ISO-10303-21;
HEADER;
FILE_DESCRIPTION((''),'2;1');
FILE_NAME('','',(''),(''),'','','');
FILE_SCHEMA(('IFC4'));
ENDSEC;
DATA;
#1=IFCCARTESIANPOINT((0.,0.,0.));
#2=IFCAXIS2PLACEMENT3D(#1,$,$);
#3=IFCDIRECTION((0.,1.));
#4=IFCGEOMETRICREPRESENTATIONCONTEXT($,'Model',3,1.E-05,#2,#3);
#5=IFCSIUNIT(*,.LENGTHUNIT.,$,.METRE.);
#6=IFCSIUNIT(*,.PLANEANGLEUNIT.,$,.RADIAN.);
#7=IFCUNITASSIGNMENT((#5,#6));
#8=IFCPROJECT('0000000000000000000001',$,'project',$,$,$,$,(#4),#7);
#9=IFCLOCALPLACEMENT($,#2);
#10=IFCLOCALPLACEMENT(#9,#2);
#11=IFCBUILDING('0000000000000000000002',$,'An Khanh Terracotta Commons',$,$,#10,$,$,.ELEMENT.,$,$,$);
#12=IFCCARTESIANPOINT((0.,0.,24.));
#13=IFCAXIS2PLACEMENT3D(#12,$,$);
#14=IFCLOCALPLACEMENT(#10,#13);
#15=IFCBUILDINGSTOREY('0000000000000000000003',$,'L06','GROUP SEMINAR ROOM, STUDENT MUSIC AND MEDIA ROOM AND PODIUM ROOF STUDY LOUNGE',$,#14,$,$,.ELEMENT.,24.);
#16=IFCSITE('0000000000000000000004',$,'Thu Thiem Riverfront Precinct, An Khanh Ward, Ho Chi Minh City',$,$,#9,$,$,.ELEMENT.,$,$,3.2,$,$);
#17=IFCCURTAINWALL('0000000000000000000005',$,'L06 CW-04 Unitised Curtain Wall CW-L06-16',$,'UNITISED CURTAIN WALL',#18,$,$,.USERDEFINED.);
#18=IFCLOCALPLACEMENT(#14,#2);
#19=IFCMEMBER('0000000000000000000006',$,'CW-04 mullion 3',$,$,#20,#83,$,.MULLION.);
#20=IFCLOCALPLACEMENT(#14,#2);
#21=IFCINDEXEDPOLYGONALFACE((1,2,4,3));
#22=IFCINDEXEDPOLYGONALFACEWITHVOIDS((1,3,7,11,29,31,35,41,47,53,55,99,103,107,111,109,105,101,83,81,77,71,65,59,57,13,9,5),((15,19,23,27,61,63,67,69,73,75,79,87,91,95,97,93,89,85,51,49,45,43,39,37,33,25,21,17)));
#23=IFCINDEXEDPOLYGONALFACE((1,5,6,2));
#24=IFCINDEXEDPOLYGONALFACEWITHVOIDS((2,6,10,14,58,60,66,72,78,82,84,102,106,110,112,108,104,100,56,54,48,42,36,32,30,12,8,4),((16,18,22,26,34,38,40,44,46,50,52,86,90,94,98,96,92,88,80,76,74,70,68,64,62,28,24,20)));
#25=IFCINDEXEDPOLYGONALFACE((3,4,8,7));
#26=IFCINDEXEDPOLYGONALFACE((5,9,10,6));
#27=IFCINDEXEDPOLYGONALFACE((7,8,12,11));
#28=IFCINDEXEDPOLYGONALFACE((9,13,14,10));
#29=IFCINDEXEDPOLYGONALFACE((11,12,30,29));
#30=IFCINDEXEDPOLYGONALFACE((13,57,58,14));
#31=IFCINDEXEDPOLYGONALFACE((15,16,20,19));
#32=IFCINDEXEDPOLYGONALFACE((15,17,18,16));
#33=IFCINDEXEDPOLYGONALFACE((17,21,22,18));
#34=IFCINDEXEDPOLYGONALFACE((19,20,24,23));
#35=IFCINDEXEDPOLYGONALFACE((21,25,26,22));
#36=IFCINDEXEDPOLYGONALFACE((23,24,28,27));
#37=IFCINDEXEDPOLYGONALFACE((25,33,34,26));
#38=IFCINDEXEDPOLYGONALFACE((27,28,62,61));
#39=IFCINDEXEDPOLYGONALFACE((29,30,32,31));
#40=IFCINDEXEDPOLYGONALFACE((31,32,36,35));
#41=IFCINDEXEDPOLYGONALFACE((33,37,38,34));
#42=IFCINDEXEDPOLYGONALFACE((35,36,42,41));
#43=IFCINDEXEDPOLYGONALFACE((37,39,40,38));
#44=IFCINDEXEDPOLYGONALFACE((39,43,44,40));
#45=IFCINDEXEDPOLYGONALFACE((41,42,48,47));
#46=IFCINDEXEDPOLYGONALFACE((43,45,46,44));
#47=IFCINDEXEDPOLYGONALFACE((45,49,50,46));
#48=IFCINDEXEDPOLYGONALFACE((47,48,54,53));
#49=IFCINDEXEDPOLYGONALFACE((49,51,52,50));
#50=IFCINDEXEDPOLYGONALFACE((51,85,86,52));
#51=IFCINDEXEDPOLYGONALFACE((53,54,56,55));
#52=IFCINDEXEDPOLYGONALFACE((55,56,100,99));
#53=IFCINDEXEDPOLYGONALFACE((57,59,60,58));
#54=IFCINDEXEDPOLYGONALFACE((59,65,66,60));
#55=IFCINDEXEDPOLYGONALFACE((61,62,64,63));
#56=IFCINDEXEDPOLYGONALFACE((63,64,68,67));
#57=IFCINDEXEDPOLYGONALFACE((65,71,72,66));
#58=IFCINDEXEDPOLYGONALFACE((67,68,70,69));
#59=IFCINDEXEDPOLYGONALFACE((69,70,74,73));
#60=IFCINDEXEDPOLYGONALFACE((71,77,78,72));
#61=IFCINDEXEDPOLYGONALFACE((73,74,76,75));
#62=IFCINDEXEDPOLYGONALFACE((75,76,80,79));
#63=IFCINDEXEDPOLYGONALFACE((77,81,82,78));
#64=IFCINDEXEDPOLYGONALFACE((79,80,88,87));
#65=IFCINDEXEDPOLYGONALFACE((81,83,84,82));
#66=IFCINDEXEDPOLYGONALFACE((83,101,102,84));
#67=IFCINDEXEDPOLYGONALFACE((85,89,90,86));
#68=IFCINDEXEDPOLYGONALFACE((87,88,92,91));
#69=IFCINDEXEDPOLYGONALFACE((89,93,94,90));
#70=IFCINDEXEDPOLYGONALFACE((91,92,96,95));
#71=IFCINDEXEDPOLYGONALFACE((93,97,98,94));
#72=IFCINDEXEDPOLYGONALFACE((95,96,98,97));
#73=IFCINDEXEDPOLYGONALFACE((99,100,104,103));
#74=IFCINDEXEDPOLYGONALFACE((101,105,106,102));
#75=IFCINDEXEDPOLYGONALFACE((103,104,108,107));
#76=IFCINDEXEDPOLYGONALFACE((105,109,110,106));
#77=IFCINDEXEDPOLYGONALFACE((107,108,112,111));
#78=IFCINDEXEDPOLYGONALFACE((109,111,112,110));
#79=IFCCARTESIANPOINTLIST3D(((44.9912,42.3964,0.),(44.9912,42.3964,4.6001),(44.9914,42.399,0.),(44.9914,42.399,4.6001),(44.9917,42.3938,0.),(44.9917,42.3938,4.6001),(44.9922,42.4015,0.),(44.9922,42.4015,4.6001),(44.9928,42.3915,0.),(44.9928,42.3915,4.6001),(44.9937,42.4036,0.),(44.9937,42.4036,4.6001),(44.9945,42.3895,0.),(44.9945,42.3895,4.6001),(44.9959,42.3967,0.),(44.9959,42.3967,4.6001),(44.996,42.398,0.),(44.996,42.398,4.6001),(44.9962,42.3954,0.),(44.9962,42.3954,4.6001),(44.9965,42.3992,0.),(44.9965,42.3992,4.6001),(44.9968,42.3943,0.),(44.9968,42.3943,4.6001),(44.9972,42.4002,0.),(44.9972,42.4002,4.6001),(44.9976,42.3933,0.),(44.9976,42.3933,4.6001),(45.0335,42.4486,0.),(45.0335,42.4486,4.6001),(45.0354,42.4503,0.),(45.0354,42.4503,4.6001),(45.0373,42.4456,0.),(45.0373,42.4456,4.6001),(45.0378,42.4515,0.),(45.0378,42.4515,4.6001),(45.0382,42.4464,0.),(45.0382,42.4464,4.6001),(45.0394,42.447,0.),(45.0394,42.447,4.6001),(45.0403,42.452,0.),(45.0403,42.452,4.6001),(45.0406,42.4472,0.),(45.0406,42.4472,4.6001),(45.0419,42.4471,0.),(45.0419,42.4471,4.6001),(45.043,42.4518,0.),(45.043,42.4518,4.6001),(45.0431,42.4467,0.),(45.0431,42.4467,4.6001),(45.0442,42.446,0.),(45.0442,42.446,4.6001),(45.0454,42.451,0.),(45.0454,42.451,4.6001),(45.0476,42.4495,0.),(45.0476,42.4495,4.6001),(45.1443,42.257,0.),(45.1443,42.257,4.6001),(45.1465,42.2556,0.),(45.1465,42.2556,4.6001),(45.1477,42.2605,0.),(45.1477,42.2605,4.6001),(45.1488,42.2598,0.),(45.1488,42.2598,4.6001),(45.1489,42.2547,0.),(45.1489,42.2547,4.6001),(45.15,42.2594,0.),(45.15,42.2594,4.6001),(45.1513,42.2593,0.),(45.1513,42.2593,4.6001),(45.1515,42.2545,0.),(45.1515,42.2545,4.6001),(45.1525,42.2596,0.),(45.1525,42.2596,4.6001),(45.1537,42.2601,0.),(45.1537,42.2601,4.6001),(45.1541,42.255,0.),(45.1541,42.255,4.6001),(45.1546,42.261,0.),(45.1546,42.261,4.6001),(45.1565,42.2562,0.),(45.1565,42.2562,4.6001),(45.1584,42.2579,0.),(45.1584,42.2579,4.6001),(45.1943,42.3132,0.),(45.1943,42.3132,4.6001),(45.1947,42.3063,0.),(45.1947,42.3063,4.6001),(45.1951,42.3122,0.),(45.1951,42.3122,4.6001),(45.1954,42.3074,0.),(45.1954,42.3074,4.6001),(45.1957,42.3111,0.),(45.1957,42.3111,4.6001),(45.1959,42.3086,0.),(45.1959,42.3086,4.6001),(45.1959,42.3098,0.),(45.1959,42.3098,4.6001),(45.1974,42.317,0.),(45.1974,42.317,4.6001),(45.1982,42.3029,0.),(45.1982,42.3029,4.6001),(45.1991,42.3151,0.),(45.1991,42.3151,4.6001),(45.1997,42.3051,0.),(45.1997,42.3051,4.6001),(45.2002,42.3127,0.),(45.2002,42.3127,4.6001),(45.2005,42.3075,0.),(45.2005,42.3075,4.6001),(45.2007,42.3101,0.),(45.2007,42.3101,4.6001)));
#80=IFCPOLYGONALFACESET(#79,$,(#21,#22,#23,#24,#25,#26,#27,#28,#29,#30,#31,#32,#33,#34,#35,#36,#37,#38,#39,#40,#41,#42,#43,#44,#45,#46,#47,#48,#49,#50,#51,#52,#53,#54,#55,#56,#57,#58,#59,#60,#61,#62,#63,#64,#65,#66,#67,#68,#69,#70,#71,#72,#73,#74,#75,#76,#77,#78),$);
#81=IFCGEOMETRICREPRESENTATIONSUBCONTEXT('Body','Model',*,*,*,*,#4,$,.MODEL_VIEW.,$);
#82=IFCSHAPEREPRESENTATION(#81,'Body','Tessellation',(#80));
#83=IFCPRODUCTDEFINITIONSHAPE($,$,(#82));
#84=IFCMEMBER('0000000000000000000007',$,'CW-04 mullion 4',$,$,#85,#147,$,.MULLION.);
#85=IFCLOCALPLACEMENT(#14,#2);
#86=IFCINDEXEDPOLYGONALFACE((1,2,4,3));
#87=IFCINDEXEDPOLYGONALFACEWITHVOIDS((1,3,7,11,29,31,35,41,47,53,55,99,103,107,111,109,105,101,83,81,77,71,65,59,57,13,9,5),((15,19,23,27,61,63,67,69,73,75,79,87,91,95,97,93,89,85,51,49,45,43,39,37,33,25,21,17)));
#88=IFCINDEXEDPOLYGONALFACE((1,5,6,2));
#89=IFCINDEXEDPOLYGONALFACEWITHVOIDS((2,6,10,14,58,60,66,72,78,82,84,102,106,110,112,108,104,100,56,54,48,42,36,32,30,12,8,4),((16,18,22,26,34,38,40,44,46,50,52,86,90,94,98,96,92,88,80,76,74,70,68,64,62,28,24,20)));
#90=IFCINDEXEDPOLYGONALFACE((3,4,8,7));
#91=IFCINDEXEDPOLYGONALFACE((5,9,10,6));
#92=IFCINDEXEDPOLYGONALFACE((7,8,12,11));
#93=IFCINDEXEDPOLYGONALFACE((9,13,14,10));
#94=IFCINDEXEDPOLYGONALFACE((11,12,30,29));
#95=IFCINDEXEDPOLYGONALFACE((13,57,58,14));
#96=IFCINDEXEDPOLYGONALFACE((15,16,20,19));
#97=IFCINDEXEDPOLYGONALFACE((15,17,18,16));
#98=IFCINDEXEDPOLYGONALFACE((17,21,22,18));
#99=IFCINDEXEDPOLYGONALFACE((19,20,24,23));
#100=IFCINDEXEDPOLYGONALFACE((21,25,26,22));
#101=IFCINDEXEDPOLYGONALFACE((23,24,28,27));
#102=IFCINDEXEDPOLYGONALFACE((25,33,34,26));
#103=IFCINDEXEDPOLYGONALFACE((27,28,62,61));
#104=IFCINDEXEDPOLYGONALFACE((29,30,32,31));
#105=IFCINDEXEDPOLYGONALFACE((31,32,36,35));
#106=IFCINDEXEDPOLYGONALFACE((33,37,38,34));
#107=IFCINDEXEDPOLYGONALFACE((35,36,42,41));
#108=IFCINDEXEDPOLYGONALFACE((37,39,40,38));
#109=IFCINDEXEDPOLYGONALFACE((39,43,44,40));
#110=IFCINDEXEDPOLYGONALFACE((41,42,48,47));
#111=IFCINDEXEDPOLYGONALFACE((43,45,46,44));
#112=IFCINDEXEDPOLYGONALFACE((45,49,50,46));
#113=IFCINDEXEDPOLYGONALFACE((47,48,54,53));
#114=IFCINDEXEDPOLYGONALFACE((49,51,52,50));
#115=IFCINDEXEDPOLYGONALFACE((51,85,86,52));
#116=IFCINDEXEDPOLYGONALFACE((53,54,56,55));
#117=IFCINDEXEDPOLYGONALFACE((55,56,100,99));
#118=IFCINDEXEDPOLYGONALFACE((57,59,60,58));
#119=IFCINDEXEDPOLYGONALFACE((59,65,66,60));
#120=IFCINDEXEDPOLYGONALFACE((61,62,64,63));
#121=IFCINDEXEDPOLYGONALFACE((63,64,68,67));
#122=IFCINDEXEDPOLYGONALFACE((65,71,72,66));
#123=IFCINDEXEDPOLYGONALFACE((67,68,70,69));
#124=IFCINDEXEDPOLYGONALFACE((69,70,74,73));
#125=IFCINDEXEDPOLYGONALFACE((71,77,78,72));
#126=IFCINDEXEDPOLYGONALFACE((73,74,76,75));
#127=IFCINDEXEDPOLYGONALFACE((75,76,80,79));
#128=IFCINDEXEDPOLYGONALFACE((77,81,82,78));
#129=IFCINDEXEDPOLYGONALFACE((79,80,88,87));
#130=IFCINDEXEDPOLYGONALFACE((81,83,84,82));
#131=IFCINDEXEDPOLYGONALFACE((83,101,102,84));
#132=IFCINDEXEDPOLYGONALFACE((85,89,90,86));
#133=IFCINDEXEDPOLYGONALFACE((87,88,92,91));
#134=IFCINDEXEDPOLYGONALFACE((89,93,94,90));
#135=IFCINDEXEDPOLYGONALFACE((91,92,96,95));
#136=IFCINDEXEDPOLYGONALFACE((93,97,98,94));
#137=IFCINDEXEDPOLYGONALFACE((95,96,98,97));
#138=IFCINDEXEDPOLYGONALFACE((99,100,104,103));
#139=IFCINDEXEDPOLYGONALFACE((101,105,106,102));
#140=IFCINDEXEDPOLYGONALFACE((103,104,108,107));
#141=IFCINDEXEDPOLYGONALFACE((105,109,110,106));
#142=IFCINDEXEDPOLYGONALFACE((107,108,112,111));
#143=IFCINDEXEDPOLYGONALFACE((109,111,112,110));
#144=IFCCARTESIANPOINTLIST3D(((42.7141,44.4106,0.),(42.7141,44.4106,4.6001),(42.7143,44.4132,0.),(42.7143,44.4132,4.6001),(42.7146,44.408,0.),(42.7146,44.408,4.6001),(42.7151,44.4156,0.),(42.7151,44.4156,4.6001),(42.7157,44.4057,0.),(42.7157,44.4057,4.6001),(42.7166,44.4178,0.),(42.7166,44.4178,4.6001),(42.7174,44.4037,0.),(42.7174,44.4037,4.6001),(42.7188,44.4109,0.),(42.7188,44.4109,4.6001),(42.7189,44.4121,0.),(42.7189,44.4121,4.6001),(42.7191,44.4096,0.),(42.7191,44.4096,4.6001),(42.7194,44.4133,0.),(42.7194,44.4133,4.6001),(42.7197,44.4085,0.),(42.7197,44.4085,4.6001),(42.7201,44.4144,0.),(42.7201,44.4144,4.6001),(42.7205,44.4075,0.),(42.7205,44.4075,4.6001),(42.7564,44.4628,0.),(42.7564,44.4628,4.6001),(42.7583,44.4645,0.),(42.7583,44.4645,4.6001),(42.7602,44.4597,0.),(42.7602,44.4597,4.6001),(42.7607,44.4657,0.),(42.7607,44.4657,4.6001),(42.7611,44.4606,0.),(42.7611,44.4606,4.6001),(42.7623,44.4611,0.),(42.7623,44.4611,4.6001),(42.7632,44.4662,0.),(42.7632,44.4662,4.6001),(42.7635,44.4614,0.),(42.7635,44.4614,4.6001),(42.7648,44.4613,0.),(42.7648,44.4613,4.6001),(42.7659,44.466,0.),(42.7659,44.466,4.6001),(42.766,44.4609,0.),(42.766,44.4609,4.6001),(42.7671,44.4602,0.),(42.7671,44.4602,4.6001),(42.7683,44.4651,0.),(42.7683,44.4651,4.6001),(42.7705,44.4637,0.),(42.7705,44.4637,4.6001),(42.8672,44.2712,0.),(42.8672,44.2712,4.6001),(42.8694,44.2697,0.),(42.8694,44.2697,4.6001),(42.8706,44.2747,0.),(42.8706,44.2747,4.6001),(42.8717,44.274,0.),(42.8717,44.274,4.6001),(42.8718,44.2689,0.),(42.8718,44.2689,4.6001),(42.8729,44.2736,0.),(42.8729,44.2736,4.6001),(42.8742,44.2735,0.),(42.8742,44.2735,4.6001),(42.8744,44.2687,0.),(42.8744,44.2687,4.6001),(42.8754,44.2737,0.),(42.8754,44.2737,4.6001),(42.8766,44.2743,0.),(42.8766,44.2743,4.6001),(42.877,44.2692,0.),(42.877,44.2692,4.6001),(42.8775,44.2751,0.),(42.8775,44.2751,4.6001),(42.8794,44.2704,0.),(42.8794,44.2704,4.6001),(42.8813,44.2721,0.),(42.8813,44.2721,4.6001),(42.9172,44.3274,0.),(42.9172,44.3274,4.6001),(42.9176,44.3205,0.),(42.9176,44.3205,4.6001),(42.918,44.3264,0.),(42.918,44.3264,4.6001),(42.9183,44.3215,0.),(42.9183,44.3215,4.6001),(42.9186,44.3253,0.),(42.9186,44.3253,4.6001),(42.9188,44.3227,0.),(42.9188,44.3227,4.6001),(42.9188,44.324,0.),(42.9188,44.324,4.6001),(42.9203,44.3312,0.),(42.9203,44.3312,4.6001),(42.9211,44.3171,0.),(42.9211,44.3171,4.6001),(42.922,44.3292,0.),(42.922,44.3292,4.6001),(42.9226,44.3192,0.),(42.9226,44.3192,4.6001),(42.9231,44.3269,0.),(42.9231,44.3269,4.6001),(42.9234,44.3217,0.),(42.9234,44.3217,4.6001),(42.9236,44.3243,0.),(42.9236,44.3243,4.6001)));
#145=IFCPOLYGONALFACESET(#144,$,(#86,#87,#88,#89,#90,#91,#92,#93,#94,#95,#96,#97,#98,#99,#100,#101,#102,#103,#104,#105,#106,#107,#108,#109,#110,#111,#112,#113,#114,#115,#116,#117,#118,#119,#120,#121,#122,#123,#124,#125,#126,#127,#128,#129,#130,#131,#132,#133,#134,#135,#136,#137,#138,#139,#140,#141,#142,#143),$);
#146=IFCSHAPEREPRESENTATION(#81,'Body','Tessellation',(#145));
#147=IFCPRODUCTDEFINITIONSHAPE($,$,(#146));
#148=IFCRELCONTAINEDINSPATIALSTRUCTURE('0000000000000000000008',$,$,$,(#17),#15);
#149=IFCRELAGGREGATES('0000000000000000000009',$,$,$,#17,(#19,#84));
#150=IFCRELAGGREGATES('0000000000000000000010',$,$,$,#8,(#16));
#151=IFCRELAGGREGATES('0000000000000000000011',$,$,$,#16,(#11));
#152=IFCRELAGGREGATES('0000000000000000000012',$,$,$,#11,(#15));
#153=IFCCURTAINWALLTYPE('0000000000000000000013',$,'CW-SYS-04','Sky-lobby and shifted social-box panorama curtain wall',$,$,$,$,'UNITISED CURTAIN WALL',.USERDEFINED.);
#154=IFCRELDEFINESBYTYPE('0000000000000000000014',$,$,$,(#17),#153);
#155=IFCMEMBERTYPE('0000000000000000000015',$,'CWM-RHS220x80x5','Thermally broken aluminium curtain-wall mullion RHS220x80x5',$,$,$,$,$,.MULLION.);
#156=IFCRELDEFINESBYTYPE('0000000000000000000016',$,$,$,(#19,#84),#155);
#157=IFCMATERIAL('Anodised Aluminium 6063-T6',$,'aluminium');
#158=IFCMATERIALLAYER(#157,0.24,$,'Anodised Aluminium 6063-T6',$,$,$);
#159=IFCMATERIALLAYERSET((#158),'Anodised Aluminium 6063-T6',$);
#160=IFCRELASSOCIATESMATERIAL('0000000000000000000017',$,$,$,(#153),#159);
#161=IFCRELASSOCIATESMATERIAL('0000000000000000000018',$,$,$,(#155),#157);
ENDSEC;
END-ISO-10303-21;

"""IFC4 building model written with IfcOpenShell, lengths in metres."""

from ifc_helpers import new_model, si_unit, direction, frame, origin, origin_2d, place, context, subcontext, project, spatial, hollow_rectangle, extrude, material, layer, layer_set, material_profile, profile_set, type_object, element, aggregate, save


model = new_model("IFC4")

# Units and contexts
model_context = context("Model", 3, precision=1e-05, world=origin(), true_north=direction((0.0, 1.0)))
body_context = subcontext(model_context, "Body", "Model", "MODEL_VIEW")
ifc_project = project(units=[si_unit("LENGTHUNIT", "METRE"), si_unit("PLANEANGLEUNIT", "RADIAN")], contexts=[model_context])

# Site, building, storey
site_placement = place(None, origin())
site = spatial("IfcSite", under=ifc_project, at=site_placement, Name="Thu Thiem Riverfront Precinct, An Khanh Ward, Ho Chi Minh City", CompositionType="ELEMENT", RefElevation=3.2)
building_placement = place(site_placement, origin())
building = spatial("IfcBuilding", under=site, at=building_placement, Name="An Khanh Terracotta Commons", CompositionType="ELEMENT")
storey_placement = place(building_placement, frame((0.0, 0.0, 24.0)))
storey = spatial("IfcBuildingStorey", under=building, at=storey_placement, Name="L06", Description="GROUP SEMINAR ROOM, STUDENT MUSIC AND MEDIA ROOM AND PODIUM ROOF STUDY LOUNGE", CompositionType="ELEMENT", Elevation=24.0)

# Shared definitions
ifc_material_1 = material(Name="Anodised Aluminium 6063-T6", Category="aluminium")
ifc_layer_1 = layer(ifc_material_1, 0.24, Name="Anodised Aluminium 6063-T6")
ifc_layer_set_1 = layer_set([ifc_layer_1], Name="Anodised Aluminium 6063-T6")
curtain_wall_type = type_object("IfcCurtainWallType", Name="CW-SYS-04", Description="Sky-lobby and shifted social-box panorama curtain wall", ElementType="UNITISED CURTAIN WALL", PredefinedType="USERDEFINED", material=ifc_layer_set_1)
ifc_material_profile_1 = material_profile(ifc_material_1, hollow_rectangle(XDim=0.0801, YDim=0.22, WallThickness=0.0049, InnerFilletRadius=0.0049, OuterFilletRadius=0.01, at=origin_2d()), Name="RHS220x80x5")
ifc_profile_set_1 = profile_set([ifc_material_profile_1], Name="Anodised Aluminium 6063-T6")
member_type_1 = type_object("IfcMemberType", Name="CWM-RHS220x80x5", Description="Thermally broken aluminium curtain-wall mullion RHS220x80x5", PredefinedType="MULLION", material=ifc_profile_set_1)

# Curtain wall, members
curtain_wall_1_placement = place(storey_placement, origin())
curtain_wall_1 = element("IfcCurtainWall", 1, at=curtain_wall_1_placement, inside=storey, type_object=curtain_wall_type, Name="L06 CW-04 Unitised Curtain Wall CW-L06-16", ObjectType="UNITISED CURTAIN WALL", PredefinedType="USERDEFINED")
member_1_placement = place(storey_placement, frame((45.0959, 42.3533, 0.0), z_axis=(0.0, 0.0, 1.0), x_axis=(-0.662548, -0.749019, 0.0)))
member_1 = element("IfcMember", 2, at=member_1_placement, type_object=member_type_1, Name="CW-04 mullion 3", PredefinedType="MULLION", context=body_context, shape_type="SweptSolid", body=[
    extrude(hollow_rectangle(XDim=0.0801, YDim=0.22, WallThickness=0.0049, InnerFilletRadius=0.0049, OuterFilletRadius=0.01, at=origin_2d()), origin(), (0.0, 0.0, 1.0), 4.6001),
])
member_2_placement = place(storey_placement, frame((42.8188, 44.3674, 0.0), z_axis=(0.0, 0.0, 1.0), x_axis=(-0.662548, -0.749019, 0.0)))
member_2 = element("IfcMember", 3, at=member_2_placement, type_object=member_type_1, Name="CW-04 mullion 4", PredefinedType="MULLION", context=body_context, shape_type="SweptSolid", body=[
    extrude(hollow_rectangle(XDim=0.0801, YDim=0.22, WallThickness=0.0049, InnerFilletRadius=0.0049, OuterFilletRadius=0.01, at=origin_2d()), origin(), (0.0, 0.0, 1.0), 4.6001),
])
aggregate(curtain_wall_1, [member_1, member_2])

save(model, "model.ifc")
